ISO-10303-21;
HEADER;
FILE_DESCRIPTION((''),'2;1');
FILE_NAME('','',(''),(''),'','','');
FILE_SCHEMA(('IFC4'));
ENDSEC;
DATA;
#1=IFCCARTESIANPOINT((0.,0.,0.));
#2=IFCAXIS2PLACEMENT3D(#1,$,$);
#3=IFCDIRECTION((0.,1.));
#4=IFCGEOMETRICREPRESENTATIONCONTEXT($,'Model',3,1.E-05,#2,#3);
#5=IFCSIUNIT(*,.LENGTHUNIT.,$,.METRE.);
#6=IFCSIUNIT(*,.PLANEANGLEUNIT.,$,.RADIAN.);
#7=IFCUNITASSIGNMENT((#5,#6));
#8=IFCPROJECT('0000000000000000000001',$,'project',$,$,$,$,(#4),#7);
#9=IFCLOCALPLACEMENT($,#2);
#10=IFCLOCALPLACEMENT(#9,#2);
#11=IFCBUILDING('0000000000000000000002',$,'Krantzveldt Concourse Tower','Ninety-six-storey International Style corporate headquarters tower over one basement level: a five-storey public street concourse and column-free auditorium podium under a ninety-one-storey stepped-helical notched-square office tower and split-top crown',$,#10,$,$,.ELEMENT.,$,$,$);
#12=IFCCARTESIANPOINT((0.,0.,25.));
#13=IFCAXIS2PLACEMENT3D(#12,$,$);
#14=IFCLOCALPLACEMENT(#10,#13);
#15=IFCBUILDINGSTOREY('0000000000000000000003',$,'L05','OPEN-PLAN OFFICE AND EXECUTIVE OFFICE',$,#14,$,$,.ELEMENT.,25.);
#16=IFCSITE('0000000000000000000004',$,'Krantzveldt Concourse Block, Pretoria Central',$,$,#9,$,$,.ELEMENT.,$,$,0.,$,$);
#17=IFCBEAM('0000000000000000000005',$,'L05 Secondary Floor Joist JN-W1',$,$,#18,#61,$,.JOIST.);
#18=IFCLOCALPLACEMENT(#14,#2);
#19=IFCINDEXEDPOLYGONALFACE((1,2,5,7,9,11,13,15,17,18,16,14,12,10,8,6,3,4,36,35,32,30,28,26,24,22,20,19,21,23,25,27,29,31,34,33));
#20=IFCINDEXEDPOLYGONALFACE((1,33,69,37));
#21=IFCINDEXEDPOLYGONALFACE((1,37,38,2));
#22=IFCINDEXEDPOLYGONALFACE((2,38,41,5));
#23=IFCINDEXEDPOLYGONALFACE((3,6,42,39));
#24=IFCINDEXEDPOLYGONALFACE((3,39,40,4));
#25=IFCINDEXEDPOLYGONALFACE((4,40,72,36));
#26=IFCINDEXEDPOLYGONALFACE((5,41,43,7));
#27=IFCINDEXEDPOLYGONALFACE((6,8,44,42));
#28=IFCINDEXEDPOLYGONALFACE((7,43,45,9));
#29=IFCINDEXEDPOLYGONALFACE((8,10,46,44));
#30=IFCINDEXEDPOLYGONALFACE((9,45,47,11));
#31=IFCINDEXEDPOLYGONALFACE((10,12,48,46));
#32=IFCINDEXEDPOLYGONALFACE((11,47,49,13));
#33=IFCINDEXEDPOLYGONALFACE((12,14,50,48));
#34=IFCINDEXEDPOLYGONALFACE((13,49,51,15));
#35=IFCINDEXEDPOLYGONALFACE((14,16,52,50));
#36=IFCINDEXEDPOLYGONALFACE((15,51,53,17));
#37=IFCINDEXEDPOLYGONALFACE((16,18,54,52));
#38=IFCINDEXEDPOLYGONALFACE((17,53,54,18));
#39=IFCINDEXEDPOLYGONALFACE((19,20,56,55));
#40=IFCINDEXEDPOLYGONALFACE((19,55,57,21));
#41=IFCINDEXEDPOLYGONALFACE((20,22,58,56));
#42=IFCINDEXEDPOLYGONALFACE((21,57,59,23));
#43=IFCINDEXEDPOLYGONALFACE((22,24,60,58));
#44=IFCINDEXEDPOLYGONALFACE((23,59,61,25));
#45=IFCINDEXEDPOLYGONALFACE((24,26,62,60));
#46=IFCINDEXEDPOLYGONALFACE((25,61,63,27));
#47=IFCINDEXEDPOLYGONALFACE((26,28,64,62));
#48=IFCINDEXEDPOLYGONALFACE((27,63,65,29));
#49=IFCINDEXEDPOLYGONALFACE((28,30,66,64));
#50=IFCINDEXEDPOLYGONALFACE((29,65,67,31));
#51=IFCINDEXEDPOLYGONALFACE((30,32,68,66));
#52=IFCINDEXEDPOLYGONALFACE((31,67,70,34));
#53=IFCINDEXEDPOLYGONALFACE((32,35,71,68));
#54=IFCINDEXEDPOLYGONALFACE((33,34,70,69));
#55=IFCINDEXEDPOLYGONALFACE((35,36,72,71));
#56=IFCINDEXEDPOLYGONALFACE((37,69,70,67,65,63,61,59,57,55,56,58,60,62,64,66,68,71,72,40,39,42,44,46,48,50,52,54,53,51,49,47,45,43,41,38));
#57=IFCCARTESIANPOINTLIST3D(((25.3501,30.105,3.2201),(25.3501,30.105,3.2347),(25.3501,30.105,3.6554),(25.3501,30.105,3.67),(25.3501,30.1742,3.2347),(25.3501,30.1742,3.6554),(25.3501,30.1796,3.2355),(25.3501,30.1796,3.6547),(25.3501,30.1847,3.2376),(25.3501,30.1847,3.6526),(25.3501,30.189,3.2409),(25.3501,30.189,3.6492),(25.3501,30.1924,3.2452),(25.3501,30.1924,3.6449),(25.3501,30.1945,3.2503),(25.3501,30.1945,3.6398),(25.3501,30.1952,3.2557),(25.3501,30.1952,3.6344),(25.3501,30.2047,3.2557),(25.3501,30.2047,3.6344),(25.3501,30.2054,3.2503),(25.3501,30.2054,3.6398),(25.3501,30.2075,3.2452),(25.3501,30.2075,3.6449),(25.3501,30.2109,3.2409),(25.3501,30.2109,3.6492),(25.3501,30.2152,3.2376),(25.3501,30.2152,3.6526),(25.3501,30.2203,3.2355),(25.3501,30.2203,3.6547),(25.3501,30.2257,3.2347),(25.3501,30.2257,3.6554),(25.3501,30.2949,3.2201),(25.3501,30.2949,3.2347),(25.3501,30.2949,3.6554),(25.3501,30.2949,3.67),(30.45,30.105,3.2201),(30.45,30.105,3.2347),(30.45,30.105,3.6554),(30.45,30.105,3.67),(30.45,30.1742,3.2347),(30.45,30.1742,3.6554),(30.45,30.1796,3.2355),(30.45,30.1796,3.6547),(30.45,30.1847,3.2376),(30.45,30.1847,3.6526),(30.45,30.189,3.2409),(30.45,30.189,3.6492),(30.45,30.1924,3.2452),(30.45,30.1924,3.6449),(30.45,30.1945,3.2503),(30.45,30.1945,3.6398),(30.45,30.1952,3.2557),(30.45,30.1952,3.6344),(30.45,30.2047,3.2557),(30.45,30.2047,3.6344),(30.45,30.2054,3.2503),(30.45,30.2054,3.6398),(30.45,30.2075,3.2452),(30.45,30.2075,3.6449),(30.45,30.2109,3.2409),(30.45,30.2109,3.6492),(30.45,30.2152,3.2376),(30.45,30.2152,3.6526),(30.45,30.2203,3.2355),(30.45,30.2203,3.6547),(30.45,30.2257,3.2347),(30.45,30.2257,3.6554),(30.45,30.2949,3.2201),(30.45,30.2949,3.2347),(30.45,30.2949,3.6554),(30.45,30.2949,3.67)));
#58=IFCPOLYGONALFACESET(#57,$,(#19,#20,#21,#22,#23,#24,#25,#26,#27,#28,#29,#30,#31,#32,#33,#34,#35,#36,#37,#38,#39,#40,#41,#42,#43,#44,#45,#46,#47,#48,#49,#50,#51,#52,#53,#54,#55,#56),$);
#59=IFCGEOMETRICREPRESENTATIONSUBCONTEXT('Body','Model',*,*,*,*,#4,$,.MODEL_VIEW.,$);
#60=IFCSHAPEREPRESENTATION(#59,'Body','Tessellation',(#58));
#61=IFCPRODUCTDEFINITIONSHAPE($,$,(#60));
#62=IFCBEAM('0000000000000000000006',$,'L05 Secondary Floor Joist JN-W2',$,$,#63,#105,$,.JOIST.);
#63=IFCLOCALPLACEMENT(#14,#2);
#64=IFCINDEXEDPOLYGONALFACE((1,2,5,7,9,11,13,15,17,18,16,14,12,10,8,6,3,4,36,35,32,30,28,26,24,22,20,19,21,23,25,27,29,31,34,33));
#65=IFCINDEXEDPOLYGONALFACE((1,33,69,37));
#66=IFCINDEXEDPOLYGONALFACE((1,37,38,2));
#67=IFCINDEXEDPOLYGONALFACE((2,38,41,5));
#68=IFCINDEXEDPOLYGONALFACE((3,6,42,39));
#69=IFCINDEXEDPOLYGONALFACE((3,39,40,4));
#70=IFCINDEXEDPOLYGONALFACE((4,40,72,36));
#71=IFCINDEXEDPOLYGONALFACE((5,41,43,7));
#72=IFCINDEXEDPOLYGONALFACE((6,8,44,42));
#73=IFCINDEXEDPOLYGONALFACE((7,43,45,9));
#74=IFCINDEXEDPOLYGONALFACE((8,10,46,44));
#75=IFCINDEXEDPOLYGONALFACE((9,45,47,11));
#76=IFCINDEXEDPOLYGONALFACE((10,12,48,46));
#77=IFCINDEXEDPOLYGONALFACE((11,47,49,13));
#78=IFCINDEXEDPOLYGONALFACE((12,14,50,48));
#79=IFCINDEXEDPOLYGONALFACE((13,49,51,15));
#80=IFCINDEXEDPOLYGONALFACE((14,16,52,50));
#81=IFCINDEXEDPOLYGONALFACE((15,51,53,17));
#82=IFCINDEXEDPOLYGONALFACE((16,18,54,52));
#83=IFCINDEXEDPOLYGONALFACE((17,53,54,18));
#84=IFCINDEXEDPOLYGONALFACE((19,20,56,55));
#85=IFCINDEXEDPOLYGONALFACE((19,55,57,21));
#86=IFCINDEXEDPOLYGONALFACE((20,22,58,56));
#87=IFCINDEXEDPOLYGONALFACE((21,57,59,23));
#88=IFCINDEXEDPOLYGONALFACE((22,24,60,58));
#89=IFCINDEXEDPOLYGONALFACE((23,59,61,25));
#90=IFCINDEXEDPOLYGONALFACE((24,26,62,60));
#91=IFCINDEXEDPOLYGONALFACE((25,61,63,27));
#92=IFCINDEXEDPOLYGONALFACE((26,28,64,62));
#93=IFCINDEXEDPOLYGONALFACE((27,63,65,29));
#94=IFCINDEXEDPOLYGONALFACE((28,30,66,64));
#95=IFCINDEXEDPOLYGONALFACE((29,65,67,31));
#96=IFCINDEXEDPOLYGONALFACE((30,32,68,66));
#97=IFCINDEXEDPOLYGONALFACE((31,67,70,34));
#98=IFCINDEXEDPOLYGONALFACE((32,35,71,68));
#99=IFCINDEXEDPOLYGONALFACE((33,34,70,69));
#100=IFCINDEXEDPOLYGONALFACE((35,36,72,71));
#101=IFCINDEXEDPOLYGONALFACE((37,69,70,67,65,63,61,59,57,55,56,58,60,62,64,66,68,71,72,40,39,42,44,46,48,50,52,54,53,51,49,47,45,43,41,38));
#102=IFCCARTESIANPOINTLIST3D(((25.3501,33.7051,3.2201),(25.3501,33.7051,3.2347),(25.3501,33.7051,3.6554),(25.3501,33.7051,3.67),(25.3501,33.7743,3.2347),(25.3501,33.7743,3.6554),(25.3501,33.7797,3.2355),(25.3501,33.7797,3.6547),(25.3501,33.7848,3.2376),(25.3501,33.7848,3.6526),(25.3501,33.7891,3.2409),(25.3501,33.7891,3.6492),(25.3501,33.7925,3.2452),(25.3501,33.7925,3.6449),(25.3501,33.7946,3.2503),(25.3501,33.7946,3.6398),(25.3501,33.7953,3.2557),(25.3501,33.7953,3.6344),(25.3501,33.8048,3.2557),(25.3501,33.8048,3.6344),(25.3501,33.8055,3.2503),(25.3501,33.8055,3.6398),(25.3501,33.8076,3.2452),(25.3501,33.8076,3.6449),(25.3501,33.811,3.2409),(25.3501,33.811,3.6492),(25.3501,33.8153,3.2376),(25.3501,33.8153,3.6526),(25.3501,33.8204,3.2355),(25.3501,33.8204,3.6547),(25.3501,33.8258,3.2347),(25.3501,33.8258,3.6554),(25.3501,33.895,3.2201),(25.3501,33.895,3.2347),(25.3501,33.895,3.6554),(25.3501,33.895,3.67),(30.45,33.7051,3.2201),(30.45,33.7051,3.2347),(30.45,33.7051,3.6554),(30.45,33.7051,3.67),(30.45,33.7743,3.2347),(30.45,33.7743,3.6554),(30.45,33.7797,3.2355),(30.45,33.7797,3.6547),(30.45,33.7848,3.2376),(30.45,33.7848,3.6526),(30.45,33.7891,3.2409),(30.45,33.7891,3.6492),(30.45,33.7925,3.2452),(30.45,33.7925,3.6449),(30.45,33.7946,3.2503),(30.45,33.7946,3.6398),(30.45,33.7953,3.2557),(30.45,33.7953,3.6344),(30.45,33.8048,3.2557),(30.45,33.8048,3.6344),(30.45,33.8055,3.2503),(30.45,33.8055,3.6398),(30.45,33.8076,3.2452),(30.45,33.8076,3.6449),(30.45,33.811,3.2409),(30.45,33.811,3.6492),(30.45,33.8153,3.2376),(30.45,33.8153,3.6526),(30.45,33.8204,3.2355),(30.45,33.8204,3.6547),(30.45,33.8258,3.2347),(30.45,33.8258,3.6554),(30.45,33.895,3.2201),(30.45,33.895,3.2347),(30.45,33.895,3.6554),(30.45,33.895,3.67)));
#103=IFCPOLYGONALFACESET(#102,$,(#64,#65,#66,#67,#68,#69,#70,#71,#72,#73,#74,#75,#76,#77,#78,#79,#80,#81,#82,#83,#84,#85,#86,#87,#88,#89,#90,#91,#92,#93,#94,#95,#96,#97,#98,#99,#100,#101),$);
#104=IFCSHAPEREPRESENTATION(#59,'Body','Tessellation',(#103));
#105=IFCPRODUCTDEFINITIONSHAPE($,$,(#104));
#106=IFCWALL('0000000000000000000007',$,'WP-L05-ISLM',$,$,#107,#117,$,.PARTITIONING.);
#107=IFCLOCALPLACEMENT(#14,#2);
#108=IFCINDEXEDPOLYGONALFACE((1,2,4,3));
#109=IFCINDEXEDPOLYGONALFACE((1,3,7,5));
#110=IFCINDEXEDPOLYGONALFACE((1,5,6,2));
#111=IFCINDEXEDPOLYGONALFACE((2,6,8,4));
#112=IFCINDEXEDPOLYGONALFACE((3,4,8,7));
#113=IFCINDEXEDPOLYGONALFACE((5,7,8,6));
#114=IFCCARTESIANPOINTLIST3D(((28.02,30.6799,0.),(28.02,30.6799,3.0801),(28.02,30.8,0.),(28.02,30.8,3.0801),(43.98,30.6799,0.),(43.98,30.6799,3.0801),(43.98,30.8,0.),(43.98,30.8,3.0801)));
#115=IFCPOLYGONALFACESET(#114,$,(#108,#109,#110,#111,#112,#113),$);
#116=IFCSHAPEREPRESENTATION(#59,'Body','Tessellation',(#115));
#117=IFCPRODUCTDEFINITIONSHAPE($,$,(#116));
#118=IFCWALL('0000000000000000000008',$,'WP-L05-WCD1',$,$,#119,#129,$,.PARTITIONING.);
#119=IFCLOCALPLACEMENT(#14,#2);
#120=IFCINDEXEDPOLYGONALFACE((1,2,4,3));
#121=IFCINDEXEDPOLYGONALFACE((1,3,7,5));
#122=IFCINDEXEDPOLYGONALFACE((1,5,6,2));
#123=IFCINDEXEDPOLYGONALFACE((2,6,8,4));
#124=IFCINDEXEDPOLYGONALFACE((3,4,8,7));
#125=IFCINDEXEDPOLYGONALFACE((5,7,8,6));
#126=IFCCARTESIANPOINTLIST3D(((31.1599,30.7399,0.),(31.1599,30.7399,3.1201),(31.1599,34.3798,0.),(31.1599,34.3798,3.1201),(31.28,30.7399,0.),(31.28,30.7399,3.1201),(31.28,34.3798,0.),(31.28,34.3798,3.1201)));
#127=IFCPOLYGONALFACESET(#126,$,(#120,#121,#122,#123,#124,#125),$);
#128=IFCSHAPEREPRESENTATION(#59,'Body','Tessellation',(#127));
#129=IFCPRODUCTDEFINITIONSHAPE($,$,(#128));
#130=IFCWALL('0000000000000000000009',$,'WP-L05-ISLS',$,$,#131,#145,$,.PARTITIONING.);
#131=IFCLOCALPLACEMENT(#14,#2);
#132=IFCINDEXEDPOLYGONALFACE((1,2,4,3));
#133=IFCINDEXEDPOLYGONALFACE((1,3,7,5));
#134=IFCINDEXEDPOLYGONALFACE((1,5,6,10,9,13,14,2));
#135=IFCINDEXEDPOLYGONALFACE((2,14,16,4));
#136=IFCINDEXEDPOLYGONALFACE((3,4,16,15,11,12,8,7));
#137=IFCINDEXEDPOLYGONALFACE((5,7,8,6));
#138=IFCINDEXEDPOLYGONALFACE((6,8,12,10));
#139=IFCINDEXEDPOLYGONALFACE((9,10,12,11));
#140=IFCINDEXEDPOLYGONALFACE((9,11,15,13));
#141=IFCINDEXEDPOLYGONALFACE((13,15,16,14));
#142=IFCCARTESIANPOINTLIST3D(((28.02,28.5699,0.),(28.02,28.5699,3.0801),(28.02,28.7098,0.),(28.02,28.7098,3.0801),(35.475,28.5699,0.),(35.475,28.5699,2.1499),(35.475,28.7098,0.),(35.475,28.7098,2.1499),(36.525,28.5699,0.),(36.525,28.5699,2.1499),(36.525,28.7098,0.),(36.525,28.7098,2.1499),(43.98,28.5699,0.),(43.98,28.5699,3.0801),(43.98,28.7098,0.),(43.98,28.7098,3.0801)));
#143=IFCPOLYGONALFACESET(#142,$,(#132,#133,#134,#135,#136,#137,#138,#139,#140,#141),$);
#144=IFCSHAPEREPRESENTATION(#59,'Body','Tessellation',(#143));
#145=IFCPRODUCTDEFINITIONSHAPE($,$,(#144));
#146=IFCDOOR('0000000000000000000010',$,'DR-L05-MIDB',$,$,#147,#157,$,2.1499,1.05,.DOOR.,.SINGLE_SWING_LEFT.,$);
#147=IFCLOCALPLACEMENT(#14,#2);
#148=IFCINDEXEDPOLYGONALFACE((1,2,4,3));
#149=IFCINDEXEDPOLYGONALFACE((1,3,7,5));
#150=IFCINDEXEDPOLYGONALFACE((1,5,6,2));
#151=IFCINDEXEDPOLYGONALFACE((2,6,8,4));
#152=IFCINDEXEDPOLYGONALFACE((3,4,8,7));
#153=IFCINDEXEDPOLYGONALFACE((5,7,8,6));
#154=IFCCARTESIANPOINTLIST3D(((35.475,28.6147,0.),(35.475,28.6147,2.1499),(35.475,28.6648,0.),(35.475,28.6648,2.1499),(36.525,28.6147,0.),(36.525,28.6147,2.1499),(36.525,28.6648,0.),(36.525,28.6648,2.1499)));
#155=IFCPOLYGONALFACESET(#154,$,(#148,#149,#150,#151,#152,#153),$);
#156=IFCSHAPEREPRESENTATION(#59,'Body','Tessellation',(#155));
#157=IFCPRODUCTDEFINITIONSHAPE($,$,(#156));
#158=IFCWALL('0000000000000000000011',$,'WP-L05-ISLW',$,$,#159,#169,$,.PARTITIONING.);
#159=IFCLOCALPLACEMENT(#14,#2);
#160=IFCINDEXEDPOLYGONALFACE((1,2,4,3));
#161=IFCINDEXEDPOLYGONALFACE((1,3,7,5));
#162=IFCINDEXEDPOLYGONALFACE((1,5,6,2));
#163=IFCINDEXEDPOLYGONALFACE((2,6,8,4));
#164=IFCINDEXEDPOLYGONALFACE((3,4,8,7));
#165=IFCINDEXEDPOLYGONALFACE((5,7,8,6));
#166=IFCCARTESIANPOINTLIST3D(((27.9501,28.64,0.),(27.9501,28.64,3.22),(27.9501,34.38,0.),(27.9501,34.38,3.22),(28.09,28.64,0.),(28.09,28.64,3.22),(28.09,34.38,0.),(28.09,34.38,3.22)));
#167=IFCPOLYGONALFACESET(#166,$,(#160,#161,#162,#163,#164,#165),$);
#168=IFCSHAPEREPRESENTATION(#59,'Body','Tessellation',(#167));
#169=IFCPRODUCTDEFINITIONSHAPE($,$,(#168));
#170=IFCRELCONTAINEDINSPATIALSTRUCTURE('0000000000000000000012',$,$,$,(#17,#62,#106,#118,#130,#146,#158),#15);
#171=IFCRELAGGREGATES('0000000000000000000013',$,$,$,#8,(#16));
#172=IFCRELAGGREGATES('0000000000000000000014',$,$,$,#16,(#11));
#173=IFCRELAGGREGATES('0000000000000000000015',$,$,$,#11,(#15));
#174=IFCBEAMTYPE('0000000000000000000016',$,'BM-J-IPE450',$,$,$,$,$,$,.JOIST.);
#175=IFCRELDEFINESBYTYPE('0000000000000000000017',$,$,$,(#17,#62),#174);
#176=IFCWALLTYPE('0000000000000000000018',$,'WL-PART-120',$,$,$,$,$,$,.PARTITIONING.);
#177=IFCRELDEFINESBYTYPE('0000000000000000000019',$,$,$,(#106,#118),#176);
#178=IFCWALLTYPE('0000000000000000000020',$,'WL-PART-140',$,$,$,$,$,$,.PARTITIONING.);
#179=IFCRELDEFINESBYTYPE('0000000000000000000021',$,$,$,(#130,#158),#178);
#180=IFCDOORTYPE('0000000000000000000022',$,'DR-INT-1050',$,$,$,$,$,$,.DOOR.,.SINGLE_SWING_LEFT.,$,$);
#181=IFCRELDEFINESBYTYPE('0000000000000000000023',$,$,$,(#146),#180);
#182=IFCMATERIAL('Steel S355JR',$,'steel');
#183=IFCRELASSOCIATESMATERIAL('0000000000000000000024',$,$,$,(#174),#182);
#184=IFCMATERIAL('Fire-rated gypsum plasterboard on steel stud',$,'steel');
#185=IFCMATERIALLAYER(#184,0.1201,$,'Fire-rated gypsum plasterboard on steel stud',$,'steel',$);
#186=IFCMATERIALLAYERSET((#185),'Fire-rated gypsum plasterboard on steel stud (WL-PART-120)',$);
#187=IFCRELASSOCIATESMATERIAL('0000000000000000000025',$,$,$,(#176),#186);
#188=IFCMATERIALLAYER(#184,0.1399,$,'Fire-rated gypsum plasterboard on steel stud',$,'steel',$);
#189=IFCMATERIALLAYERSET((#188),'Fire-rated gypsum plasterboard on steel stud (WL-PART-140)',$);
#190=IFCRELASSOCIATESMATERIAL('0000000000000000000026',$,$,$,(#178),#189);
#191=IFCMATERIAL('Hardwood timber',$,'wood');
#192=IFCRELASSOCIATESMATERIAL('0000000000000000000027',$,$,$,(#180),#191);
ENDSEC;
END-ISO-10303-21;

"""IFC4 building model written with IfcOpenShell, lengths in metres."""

from ifc_helpers import new_model, si_unit, direction, frame, frame_2d, origin, origin_2d, place, context, subcontext, project, spatial, rectangle, i_section, extrude, source, transform, mapped, material, layer, layer_set, material_profile, profile_set, type_object, type_shapes, element, fill, save


model = new_model("IFC4")

# Units and contexts
model_context = context("Model", 3, precision=1e-05, world=origin(), true_north=direction((0.0, 1.0)))
body_context = subcontext(model_context, "Body", "Model", "MODEL_VIEW")
ifc_project = project(units=[si_unit("LENGTHUNIT", "METRE"), si_unit("PLANEANGLEUNIT", "RADIAN")], contexts=[model_context])

# Site, building, storey
site_placement = place(None, origin())
site = spatial("IfcSite", under=ifc_project, at=site_placement, Name="Krantzveldt Concourse Block, Pretoria Central", CompositionType="ELEMENT", RefElevation=0.0)
building_placement = place(site_placement, origin())
building = spatial("IfcBuilding", under=site, at=building_placement, Name="Krantzveldt Concourse Tower", Description="Ninety-six-storey International Style corporate headquarters tower over one basement level: a five-storey public street concourse and column-free auditorium podium under a ninety-one-storey stepped-helical notched-square office tower and split-top crown", CompositionType="ELEMENT")
storey_placement = place(building_placement, frame((0.0, 0.0, 25.0)))
storey = spatial("IfcBuildingStorey", under=building, at=storey_placement, Name="L05", Description="OPEN-PLAN OFFICE AND EXECUTIVE OFFICE", CompositionType="ELEMENT", Elevation=25.0)

# Beams
ifc_material_1 = material(Name="Steel S355JR", Category="steel")
ifc_material_profile_1 = material_profile(ifc_material_1, i_section(OverallWidth=0.1899, OverallDepth=0.45, WebThickness=0.0095, FlangeThickness=0.0146, FilletRadius=0.021, at=origin_2d()), Name="Steel S355JR", Category="steel")
ifc_profile_set_1 = profile_set([ifc_material_profile_1], Name="Steel S355JR - IPE 450")
beam_type_1 = type_object("IfcBeamType", Name="BM-J-IPE450", PredefinedType="JOIST", material=ifc_profile_set_1)
shared_shape_1 = source(origin(), body_context, "Body", "SweptSolid", [
    extrude(i_section(OverallWidth=0.1899, OverallDepth=0.45, WebThickness=0.0095, FlangeThickness=0.0146, FilletRadius=0.021, at=origin_2d()), origin(), (0.0, 0.0, 1.0), 5.0999),
])
type_shapes(beam_type_1, [shared_shape_1])
for number, where, z_axis, x_axis, name in (
    (1, (25.3501, 30.2, 3.4451), (1.0, 0.0, 0.0), (0.0, 1.0, 0.0), "L05 Secondary Floor Joist JN-W1"),
    (2, (25.3501, 33.8, 3.4451), (1.0, 0.0, 0.0), (0.0, 1.0, 0.0), "L05 Secondary Floor Joist JN-W2"),
):
    element("IfcBeam", number, at=place(storey_placement, frame(where, z_axis=z_axis, x_axis=x_axis)), inside=storey, type_object=beam_type_1, Name=name, PredefinedType="JOIST", context=body_context, shape_type="MappedRepresentation", body=[
        mapped(shared_shape_1, transform((0.0, 0.0, 0.0), x_axis=(1.0, 0.0, 0.0), y_axis=(0.0, 1.0, 0.0), z_axis=(0.0, 0.0, 1.0), scale=1.0)),
    ])

# Walls
ifc_material_2 = material(Name="Fire-rated gypsum plasterboard on steel stud", Category="steel")
ifc_layer_1 = layer(ifc_material_2, 0.1201, Name="Fire-rated gypsum plasterboard on steel stud", Category="steel")
ifc_layer_set_1 = layer_set([ifc_layer_1], Name="Fire-rated gypsum plasterboard on steel stud (WL-PART-120)")
wall_type_1 = type_object("IfcWallType", Name="WL-PART-120", PredefinedType="PARTITIONING", material=ifc_layer_set_1)
wall_1_placement = place(storey_placement, frame((28.02, 30.74, 0.0), z_axis=(0.0, 0.0, 1.0), x_axis=(1.0, 0.0, 0.0)))
element("IfcWall", 3, at=wall_1_placement, inside=storey, type_object=wall_type_1, Name="WP-L05-ISLM", PredefinedType="PARTITIONING", context=body_context, shape_type="SweptSolid", body=[
    extrude(rectangle(XDim=15.96, YDim=0.1201, at=frame_2d((7.98, 0.0))), origin(), (0.0, 0.0, 1.0), 3.0801),
])
wall_2_placement = place(storey_placement, frame((31.22, 30.74, 0.0), z_axis=(0.0, 0.0, 1.0), x_axis=(0.0, 1.0, 0.0)))
element("IfcWall", 4, at=wall_2_placement, inside=storey, type_object=wall_type_1, Name="WP-L05-WCD1", PredefinedType="PARTITIONING", context=body_context, shape_type="SweptSolid", body=[
    extrude(rectangle(XDim=3.6399, YDim=0.1201, at=frame_2d((1.8198, 0.0))), origin(), (0.0, 0.0, 1.0), 3.1201),
])

# Wall, opening, door
ifc_layer_2 = layer(ifc_material_2, 0.1399, Name="Fire-rated gypsum plasterboard on steel stud", Category="steel")
ifc_layer_set_2 = layer_set([ifc_layer_2], Name="Fire-rated gypsum plasterboard on steel stud (WL-PART-140)")
wall_type_2 = type_object("IfcWallType", Name="WL-PART-140", PredefinedType="PARTITIONING", material=ifc_layer_set_2)
wall_3_placement = place(storey_placement, frame((28.02, 28.6399, 0.0), z_axis=(0.0, 0.0, 1.0), x_axis=(1.0, 0.0, 0.0)))
wall_3 = element("IfcWall", 5, at=wall_3_placement, inside=storey, type_object=wall_type_2, Name="WP-L05-ISLS", PredefinedType="PARTITIONING", context=body_context, shape_type="SweptSolid", body=[
    extrude(rectangle(XDim=15.96, YDim=0.1399, at=frame_2d((7.98, 0.0))), origin(), (0.0, 0.0, 1.0), 3.0801),
])
opening_1_placement = place(wall_3_placement, frame((7.4551, 0.0, 0.0)))
opening_1 = element("IfcOpeningElement", 6, at=opening_1_placement, cuts=wall_3, PredefinedType="OPENING", context=body_context, shape_type="SweptSolid", body=[
    extrude(rectangle(XDim=1.05, YDim=2.1499, at=frame_2d((0.5249, 1.075))), frame((0.0, 0.0801, 0.0), z_axis=(0.0, -1.0, 0.0), x_axis=(1.0, 0.0, 0.0)), (0.0, 0.0, 1.0), 0.1599),
])
ifc_material_3 = material(Name="Hardwood timber", Category="wood")
door_type_1 = type_object("IfcDoorType", Name="DR-INT-1050", OperationType="SINGLE_SWING_LEFT", PredefinedType="DOOR", material=ifc_material_3)
door_1_placement = place(opening_1_placement, origin())
door_1 = element("IfcDoor", 7, at=door_1_placement, inside=storey, type_object=door_type_1, Name="DR-L05-MIDB", OperationType="SINGLE_SWING_LEFT", OverallHeight=2.1499, OverallWidth=1.05, PredefinedType="DOOR", context=body_context, shape_type="SweptSolid", body=[
    extrude(rectangle(XDim=1.05, YDim=2.1499, at=frame_2d((0.5249, 1.075))), frame((0.0, 0.0249, 0.0), z_axis=(0.0, -1.0, 0.0), x_axis=(1.0, 0.0, 0.0)), (0.0, 0.0, 1.0), 0.05),
])
fill(opening_1, door_1)

# Wall
wall_4_placement = place(storey_placement, frame((28.02, 28.6399, 0.0), z_axis=(0.0, 0.0, 1.0), x_axis=(0.0, 1.0, 0.0)))
element("IfcWall", 8, at=wall_4_placement, inside=storey, type_object=wall_type_2, Name="WP-L05-ISLW", PredefinedType="PARTITIONING", context=body_context, shape_type="SweptSolid", body=[
    extrude(rectangle(XDim=5.74, YDim=0.1399, at=frame_2d((2.8701, 0.0))), origin(), (0.0, 0.0, 1.0), 3.22),
])

save(model, "model.ifc")
